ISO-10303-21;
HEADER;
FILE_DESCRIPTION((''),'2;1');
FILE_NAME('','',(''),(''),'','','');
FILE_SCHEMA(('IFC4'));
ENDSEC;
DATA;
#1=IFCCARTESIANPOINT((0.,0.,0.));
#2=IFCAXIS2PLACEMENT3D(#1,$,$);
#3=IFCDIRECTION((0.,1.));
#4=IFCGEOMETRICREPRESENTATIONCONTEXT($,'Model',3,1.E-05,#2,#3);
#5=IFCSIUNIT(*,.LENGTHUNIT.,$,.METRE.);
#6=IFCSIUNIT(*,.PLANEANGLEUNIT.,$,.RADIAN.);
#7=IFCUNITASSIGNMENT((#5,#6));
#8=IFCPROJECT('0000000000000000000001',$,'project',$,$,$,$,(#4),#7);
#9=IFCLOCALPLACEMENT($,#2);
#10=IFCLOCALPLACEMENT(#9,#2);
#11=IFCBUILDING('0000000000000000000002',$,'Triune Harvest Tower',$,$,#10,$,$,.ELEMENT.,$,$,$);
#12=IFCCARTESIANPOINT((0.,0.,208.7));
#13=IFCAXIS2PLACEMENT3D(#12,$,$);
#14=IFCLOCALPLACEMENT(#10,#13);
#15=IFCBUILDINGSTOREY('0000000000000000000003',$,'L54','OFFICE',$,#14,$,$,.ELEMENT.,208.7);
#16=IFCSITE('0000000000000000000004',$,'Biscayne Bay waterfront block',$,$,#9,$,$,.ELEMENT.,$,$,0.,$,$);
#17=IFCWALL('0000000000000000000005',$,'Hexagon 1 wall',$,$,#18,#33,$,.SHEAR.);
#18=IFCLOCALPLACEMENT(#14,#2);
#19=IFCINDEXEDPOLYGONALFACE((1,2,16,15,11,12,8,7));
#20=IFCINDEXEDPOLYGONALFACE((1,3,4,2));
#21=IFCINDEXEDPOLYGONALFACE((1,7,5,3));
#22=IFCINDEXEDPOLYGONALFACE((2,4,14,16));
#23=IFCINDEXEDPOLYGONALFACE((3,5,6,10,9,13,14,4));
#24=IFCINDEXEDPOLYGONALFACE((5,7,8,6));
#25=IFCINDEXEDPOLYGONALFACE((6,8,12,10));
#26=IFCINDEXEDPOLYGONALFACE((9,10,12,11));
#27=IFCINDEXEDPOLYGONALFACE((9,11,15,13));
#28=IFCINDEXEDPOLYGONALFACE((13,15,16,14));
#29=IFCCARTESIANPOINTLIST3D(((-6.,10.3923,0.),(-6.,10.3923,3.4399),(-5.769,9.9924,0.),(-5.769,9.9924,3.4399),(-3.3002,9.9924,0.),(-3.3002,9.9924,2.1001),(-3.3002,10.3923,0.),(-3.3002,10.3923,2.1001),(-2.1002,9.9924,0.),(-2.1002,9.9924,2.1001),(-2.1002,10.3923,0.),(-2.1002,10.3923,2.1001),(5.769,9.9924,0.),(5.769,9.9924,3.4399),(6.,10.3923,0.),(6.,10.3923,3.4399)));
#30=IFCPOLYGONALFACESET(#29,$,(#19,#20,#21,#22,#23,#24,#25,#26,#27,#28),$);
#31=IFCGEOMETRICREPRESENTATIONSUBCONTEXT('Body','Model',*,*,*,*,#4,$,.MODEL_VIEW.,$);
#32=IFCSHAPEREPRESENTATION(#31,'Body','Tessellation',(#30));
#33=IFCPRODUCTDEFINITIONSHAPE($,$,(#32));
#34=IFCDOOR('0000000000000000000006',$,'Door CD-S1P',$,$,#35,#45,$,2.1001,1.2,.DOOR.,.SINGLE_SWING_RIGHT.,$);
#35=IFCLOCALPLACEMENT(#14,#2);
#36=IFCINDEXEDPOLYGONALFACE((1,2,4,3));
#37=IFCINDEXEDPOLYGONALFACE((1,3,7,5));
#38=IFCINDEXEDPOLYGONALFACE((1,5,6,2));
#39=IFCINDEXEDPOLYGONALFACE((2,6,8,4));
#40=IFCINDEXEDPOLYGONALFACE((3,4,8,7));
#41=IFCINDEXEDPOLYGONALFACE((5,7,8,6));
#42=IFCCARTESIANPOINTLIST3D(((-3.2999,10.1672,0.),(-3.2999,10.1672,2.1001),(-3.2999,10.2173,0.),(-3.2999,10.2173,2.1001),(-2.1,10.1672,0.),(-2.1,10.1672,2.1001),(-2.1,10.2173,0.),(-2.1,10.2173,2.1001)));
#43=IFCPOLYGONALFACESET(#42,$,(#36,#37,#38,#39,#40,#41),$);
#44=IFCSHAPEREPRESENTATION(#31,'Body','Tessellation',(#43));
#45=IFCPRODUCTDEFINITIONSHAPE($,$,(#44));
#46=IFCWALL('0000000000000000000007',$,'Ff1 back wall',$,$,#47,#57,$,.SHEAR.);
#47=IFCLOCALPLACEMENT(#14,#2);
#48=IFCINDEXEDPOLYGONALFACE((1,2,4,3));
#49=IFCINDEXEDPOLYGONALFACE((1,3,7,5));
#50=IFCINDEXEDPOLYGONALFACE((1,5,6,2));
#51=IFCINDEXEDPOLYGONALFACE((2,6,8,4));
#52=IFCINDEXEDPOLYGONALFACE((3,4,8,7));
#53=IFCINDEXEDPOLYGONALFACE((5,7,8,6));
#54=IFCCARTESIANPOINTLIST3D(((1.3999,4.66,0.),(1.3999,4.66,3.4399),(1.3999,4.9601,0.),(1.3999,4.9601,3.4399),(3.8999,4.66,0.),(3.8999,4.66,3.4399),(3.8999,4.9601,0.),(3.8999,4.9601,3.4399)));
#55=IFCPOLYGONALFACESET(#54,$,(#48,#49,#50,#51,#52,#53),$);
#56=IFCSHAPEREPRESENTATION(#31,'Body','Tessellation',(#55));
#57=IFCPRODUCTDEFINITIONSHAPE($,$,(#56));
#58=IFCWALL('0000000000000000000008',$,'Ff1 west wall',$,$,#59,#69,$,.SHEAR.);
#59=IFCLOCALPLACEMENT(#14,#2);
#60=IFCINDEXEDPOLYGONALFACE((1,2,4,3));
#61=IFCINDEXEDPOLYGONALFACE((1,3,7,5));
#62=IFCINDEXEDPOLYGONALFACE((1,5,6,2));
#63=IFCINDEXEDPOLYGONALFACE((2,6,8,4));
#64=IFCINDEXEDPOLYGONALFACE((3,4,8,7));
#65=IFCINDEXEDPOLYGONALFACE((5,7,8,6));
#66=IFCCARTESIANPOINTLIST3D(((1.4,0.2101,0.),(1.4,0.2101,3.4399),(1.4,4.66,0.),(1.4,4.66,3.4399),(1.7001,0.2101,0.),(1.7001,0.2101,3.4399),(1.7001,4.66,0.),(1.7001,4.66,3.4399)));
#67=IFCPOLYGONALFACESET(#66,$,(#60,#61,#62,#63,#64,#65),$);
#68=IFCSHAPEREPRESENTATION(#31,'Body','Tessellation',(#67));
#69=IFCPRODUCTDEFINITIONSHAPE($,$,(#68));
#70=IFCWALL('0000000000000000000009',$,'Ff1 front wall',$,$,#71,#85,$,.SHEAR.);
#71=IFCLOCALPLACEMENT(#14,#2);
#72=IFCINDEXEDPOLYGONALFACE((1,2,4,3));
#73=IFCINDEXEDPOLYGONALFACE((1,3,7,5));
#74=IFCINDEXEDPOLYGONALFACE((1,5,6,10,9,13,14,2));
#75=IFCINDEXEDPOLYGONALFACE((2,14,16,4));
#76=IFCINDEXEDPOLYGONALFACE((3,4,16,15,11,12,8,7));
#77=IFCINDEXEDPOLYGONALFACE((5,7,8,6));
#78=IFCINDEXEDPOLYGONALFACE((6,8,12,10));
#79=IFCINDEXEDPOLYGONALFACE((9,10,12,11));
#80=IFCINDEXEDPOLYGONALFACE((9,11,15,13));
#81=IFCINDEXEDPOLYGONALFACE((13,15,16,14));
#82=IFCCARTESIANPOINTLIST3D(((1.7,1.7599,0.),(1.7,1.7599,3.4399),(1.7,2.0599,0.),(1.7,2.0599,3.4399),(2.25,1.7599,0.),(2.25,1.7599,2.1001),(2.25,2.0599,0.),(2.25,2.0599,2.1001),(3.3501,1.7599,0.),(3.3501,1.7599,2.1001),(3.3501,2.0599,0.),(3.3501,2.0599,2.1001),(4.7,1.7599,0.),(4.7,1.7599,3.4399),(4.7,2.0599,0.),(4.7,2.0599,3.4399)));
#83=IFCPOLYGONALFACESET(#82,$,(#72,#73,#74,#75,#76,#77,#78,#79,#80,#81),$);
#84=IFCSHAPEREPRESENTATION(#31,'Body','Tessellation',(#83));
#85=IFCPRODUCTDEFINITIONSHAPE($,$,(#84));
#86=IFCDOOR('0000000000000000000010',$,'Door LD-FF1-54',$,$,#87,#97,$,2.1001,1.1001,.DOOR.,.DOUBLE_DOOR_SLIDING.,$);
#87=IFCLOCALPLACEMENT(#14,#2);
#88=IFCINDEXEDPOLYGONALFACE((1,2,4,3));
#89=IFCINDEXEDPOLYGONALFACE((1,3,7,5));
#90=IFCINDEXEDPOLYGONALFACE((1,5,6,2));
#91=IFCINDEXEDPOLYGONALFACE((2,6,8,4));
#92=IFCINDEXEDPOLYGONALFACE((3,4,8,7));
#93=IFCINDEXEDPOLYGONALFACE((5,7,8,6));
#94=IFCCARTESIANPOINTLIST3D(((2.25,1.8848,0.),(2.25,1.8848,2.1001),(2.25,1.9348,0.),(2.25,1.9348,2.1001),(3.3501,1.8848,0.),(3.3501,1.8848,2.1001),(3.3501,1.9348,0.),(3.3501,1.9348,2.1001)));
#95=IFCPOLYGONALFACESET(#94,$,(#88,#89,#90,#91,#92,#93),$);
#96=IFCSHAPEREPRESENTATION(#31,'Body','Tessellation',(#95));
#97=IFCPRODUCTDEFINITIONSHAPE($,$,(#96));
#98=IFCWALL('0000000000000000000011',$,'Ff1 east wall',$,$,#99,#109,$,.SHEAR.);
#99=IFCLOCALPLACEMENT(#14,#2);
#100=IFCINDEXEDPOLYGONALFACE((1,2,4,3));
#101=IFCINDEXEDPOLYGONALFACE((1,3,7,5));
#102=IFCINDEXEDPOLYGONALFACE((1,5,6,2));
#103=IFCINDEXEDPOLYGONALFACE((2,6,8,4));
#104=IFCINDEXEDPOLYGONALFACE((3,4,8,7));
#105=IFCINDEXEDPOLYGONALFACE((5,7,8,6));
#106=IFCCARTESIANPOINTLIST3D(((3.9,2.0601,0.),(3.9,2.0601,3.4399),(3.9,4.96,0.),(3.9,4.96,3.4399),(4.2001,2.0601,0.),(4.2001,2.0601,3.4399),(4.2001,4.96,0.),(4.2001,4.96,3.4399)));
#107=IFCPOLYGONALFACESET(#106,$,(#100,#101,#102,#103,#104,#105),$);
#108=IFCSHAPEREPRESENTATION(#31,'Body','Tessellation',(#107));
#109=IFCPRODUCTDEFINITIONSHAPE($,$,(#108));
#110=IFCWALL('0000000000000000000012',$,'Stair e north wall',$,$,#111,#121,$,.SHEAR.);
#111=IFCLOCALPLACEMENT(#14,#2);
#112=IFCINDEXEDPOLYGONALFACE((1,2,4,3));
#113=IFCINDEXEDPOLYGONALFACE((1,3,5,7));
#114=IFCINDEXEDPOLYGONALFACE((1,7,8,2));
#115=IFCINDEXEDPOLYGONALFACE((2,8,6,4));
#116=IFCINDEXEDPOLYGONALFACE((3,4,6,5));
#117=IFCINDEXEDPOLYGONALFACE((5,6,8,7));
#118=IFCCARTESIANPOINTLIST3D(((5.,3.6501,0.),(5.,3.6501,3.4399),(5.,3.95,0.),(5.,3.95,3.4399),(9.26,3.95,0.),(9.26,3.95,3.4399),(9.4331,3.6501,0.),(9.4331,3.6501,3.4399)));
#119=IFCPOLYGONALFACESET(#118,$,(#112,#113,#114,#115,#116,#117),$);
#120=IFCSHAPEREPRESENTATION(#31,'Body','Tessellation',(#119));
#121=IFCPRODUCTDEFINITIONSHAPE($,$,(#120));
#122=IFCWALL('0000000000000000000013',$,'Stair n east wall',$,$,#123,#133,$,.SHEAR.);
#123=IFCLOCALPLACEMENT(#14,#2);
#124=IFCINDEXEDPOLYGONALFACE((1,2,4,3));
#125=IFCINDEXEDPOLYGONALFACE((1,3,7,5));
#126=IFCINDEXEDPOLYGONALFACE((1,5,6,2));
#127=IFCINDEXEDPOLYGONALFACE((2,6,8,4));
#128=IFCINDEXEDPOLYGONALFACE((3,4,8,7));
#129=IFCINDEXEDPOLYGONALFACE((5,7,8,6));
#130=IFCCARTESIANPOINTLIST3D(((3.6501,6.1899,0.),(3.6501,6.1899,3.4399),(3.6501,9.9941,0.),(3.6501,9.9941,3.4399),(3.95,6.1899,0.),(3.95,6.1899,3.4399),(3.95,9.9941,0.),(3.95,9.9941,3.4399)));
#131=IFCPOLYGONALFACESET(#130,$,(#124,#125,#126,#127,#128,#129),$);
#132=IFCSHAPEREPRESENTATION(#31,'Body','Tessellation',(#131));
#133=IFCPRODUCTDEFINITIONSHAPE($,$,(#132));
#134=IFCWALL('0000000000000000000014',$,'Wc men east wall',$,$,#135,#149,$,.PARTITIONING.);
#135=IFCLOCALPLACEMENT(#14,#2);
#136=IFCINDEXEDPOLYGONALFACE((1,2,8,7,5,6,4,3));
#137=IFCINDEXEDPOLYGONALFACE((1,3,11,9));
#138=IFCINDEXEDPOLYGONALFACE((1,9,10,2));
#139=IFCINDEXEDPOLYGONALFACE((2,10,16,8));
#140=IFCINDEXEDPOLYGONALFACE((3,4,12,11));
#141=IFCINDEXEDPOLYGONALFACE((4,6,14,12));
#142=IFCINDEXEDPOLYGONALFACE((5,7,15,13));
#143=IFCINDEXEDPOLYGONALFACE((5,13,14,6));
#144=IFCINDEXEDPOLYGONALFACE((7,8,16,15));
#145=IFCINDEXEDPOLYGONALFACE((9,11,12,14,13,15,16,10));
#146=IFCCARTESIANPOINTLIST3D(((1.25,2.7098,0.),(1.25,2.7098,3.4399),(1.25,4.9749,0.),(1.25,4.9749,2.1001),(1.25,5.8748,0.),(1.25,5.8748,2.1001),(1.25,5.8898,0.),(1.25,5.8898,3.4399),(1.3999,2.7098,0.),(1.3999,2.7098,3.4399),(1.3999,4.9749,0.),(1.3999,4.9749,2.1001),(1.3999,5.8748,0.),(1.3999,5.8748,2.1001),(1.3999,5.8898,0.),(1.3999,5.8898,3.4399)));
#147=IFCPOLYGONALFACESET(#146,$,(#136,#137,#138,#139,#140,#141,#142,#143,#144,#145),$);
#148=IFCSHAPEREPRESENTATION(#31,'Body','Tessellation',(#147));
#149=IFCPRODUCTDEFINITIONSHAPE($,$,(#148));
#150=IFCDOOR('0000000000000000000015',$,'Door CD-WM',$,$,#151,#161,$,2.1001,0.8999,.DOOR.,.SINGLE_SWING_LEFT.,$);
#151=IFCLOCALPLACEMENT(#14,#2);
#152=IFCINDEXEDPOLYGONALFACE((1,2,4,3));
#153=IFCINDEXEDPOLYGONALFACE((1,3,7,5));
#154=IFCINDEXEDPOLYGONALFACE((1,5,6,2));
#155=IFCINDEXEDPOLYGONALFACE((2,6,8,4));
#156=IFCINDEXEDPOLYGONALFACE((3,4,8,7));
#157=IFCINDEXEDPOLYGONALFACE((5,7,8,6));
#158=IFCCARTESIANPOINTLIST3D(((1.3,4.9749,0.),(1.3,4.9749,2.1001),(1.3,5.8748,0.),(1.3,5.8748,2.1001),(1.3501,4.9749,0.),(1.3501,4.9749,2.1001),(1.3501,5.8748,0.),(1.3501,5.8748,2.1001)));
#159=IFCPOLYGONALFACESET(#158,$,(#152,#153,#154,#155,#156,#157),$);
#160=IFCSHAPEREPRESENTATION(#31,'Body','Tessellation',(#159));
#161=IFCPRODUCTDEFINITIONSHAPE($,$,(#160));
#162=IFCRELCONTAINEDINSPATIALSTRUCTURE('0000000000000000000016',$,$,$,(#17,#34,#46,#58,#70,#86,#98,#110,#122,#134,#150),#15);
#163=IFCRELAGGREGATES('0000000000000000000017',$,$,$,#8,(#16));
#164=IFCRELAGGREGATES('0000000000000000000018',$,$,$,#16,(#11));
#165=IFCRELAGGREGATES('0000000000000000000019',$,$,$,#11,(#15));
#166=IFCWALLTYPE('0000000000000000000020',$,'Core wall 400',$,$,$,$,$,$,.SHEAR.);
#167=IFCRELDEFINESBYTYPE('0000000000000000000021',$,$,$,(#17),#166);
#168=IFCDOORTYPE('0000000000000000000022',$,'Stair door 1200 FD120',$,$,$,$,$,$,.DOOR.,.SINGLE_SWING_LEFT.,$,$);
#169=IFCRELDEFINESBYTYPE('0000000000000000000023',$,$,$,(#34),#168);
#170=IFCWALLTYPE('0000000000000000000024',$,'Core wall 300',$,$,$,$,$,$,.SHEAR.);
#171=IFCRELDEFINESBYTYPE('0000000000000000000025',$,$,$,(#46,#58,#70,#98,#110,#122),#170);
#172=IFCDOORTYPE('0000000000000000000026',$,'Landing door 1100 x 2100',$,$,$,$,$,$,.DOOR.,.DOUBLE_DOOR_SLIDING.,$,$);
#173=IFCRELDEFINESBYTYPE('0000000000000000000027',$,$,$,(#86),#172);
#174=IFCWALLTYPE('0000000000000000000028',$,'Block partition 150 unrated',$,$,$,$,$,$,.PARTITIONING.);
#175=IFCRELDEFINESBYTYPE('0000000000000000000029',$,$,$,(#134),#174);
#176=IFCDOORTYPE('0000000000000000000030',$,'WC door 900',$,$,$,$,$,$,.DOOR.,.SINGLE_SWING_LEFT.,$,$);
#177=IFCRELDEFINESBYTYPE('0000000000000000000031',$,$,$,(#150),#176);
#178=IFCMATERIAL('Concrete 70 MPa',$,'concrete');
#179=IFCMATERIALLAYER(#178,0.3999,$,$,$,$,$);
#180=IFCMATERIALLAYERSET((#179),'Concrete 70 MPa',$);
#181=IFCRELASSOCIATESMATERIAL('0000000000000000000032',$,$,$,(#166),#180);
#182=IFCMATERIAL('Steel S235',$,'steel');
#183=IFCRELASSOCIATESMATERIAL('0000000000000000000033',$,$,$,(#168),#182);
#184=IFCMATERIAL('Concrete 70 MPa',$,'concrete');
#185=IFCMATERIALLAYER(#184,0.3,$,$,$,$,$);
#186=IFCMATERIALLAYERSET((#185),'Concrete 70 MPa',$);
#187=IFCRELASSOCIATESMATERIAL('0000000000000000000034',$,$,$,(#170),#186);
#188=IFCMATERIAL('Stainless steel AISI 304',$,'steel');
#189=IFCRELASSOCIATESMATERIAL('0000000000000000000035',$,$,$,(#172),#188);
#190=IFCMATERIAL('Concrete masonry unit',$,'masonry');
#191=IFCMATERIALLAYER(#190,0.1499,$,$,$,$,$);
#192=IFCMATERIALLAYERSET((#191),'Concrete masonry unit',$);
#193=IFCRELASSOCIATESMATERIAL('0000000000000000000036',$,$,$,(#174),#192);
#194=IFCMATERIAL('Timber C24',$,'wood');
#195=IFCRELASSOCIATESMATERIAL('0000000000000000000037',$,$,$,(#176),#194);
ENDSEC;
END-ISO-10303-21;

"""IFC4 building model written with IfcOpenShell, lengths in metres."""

from ifc_helpers import new_model, si_unit, direction, frame, frame_2d, origin, place, context, subcontext, project, spatial, polyline, rectangle, outline, extrude, source, transform, mapped, material, layer, layer_set, type_object, element, fill, save


model = new_model("IFC4")

# Units and contexts
model_context = context("Model", 3, precision=1e-05, world=origin(), true_north=direction((0.0, 1.0)))
body_context = subcontext(model_context, "Body", "Model", "MODEL_VIEW")
ifc_project = project(units=[si_unit("LENGTHUNIT", "METRE"), si_unit("PLANEANGLEUNIT", "RADIAN")], contexts=[model_context])

# Site, building, storey
site_placement = place(None, origin())
site = spatial("IfcSite", under=ifc_project, at=site_placement, Name="Biscayne Bay waterfront block", CompositionType="ELEMENT", RefElevation=0.0)
building_placement = place(site_placement, origin())
building = spatial("IfcBuilding", under=site, at=building_placement, Name="Triune Harvest Tower", CompositionType="ELEMENT")
storey_placement = place(building_placement, frame((0.0, 0.0, 208.7)))
storey = spatial("IfcBuildingStorey", under=building, at=storey_placement, Name="L54", Description="OFFICE", CompositionType="ELEMENT", Elevation=208.7)

# Wall, opening, door
ifc_material_1 = material(Name="Concrete 70 MPa", Category="concrete")
ifc_layer_1 = layer(ifc_material_1, 0.3999)
ifc_layer_set_1 = layer_set([ifc_layer_1], Name="Concrete 70 MPa")
wall_type_1 = type_object("IfcWallType", Name="Core wall 400", PredefinedType="SHEAR", material=ifc_layer_set_1)
shared_shape_1 = source(origin(), body_context, "Body", "SweptSolid", [
    extrude(outline(polyline([(-0.1155, -0.2), (11.8845, -0.2), (11.6536, 0.2), (0.1155, 0.2), (-0.1155, -0.2)])), origin(), (0.0, 0.0, 1.0), 3.4399),
])
wall_1_placement = place(storey_placement, frame((5.8845, 10.1924, 0.0), z_axis=(0.0, 0.0, 1.0), x_axis=(-1.0, 0.0, 0.0)))
wall_1 = element("IfcWall", 1, at=wall_1_placement, inside=storey, type_object=wall_type_1, Name="Hexagon 1 wall", PredefinedType="SHEAR", context=body_context, shape_type="MappedRepresentation", body=[
    mapped(shared_shape_1, transform((0.0, 0.0, 0.0), scale=1.0)),
])
opening_1_placement = place(wall_1_placement, frame((7.9846, 0.0, 0.0)))
opening_1 = element("IfcOpeningElement", 2, at=opening_1_placement, cuts=wall_1, PredefinedType="OPENING", context=body_context, shape_type="SweptSolid", body=[
    extrude(rectangle(XDim=1.2, YDim=2.1001, at=frame_2d((0.6001, 1.05))), frame((0.0, 0.21, 0.0), z_axis=(0.0, -1.0, 0.0), x_axis=(1.0, 0.0, 0.0)), (0.0, 0.0, 1.0), 0.4199),
])
ifc_material_2 = material(Name="Steel S235", Category="steel")
door_type_1 = type_object("IfcDoorType", Name="Stair door 1200 FD120", OperationType="SINGLE_SWING_LEFT", PredefinedType="DOOR", material=ifc_material_2)
door_1_placement = place(opening_1_placement, frame((1.2, 0.0, 0.0), z_axis=(0.0, 0.0, 1.0), x_axis=(-1.0, 0.0, 0.0)))
door_1 = element("IfcDoor", 3, at=door_1_placement, inside=storey, type_object=door_type_1, Name="Door CD-S1P", OperationType="SINGLE_SWING_RIGHT", OverallHeight=2.1001, OverallWidth=1.2, PredefinedType="DOOR", context=body_context, shape_type="SweptSolid", body=[
    extrude(rectangle(XDim=1.2, YDim=2.1001, at=frame_2d((0.6001, 1.05))), frame((0.0, 0.0249, 0.0), z_axis=(0.0, -1.0, 0.0), x_axis=(1.0, 0.0, 0.0)), (0.0, 0.0, 1.0), 0.05),
])
fill(opening_1, door_1)

# Walls
ifc_material_3 = material(Name="Concrete 70 MPa", Category="concrete")
ifc_layer_2 = layer(ifc_material_3, 0.3)
ifc_layer_set_2 = layer_set([ifc_layer_2], Name="Concrete 70 MPa")
wall_type_2 = type_object("IfcWallType", Name="Core wall 300", PredefinedType="SHEAR", material=ifc_layer_set_2)
shared_shape_2 = source(origin(), body_context, "Body", "SweptSolid", [
    extrude(rectangle(XDim=2.5, YDim=0.3, at=frame_2d((1.25, 0.0))), origin(), (0.0, 0.0, 1.0), 3.4399),
])
wall_2_placement = place(storey_placement, frame((1.3999, 4.8101, 0.0), z_axis=(0.0, 0.0, 1.0), x_axis=(1.0, 0.0, 0.0)))
element("IfcWall", 4, at=wall_2_placement, inside=storey, type_object=wall_type_2, Name="Ff1 back wall", PredefinedType="SHEAR", context=body_context, shape_type="MappedRepresentation", body=[
    mapped(shared_shape_2, transform((0.0, 0.0, 0.0), scale=1.0)),
])
shared_shape_3 = source(origin(), body_context, "Body", "SweptSolid", [
    extrude(rectangle(XDim=4.45, YDim=0.3, at=frame_2d((2.2251, 0.0))), origin(), (0.0, 0.0, 1.0), 3.4399),
])
wall_3_placement = place(storey_placement, frame((1.55, 0.21, 0.0), z_axis=(0.0, 0.0, 1.0), x_axis=(0.0, 1.0, 0.0)))
element("IfcWall", 5, at=wall_3_placement, inside=storey, type_object=wall_type_2, Name="Ff1 west wall", PredefinedType="SHEAR", context=body_context, shape_type="MappedRepresentation", body=[
    mapped(shared_shape_3, transform((0.0, 0.0, 0.0), scale=1.0)),
])

# Wall, opening, door
shared_shape_4 = source(origin(), body_context, "Body", "SweptSolid", [
    extrude(rectangle(XDim=3.0, YDim=0.3, at=frame_2d((1.5, 0.0))), origin(), (0.0, 0.0, 1.0), 3.4399),
])
wall_4_placement = place(storey_placement, frame((1.7, 1.9099, 0.0), z_axis=(0.0, 0.0, 1.0), x_axis=(1.0, 0.0, 0.0)))
wall_4 = element("IfcWall", 6, at=wall_4_placement, inside=storey, type_object=wall_type_2, Name="Ff1 front wall", PredefinedType="SHEAR", context=body_context, shape_type="MappedRepresentation", body=[
    mapped(shared_shape_4, transform((0.0, 0.0, 0.0), scale=1.0)),
])
opening_2_placement = place(wall_4_placement, frame((0.55, 0.0, 0.0)))
opening_2 = element("IfcOpeningElement", 7, at=opening_2_placement, cuts=wall_4, PredefinedType="OPENING", context=body_context, shape_type="SweptSolid", body=[
    extrude(rectangle(XDim=1.1001, YDim=2.1001, at=frame_2d((0.55, 1.05))), frame((0.0, 0.1602, 0.0), z_axis=(0.0, -1.0, 0.0), x_axis=(1.0, 0.0, 0.0)), (0.0, 0.0, 1.0), 0.3201),
])
ifc_material_4 = material(Name="Stainless steel AISI 304", Category="steel")
door_type_2 = type_object("IfcDoorType", Name="Landing door 1100 x 2100", OperationType="DOUBLE_DOOR_SLIDING", PredefinedType="DOOR", material=ifc_material_4)
door_2_placement = place(opening_2_placement, origin())
door_2 = element("IfcDoor", 8, at=door_2_placement, inside=storey, type_object=door_type_2, Name="Door LD-FF1-54", OperationType="DOUBLE_DOOR_SLIDING", OverallHeight=2.1001, OverallWidth=1.1001, PredefinedType="DOOR", context=body_context, shape_type="SweptSolid", body=[
    extrude(rectangle(XDim=1.1001, YDim=2.1001, at=frame_2d((0.55, 1.05))), frame((0.0, 0.0249, 0.0), z_axis=(0.0, -1.0, 0.0), x_axis=(1.0, 0.0, 0.0)), (0.0, 0.0, 1.0), 0.05),
])
fill(opening_2, door_2)

# Walls
shared_shape_5 = source(origin(), body_context, "Body", "SweptSolid", [
    extrude(rectangle(XDim=2.8999, YDim=0.3, at=frame_2d((1.45, 0.0))), origin(), (0.0, 0.0, 1.0), 3.4399),
])
wall_5_placement = place(storey_placement, frame((4.05, 2.0601, 0.0), z_axis=(0.0, 0.0, 1.0), x_axis=(0.0, 1.0, 0.0)))
element("IfcWall", 9, at=wall_5_placement, inside=storey, type_object=wall_type_2, Name="Ff1 east wall", PredefinedType="SHEAR", context=body_context, shape_type="MappedRepresentation", body=[
    mapped(shared_shape_5, transform((0.0, 0.0, 0.0), scale=1.0)),
])
shared_shape_6 = source(origin(), body_context, "Body", "SweptSolid", [
    extrude(outline(polyline([(0.0, -0.1499), (0.0, 0.1499), (4.26, 0.1499), (4.4331, -0.1499), (0.0, -0.1499)])), origin(), (0.0, 0.0, 1.0), 3.4399),
])
wall_6_placement = place(storey_placement, frame((5.0, 3.8, 0.0), z_axis=(0.0, 0.0, 1.0), x_axis=(1.0, 0.0, 0.0)))
element("IfcWall", 10, at=wall_6_placement, inside=storey, type_object=wall_type_2, Name="Stair e north wall", PredefinedType="SHEAR", context=body_context, shape_type="MappedRepresentation", body=[
    mapped(shared_shape_6, transform((0.0, 0.0, 0.0), scale=1.0)),
])
shared_shape_7 = source(origin(), body_context, "Body", "SweptSolid", [
    extrude(outline(polyline([(0.0, -0.1499), (0.0, 0.1499), (3.8042, 0.1499), (3.8042, -0.1499), (0.0, -0.1499)])), origin(), (0.0, 0.0, 1.0), 3.4399),
])
wall_7_placement = place(storey_placement, frame((3.8, 6.1899, 0.0), z_axis=(0.0, 0.0, 1.0), x_axis=(0.0, 1.0, 0.0)))
element("IfcWall", 11, at=wall_7_placement, inside=storey, type_object=wall_type_2, Name="Stair n east wall", PredefinedType="SHEAR", context=body_context, shape_type="MappedRepresentation", body=[
    mapped(shared_shape_7, transform((0.0, 0.0, 0.0), scale=1.0)),
])

# Wall, opening, door
ifc_material_5 = material(Name="Concrete masonry unit", Category="masonry")
ifc_layer_3 = layer(ifc_material_5, 0.1499)
ifc_layer_set_3 = layer_set([ifc_layer_3], Name="Concrete masonry unit")
wall_type_3 = type_object("IfcWallType", Name="Block partition 150 unrated", PredefinedType="PARTITIONING", material=ifc_layer_set_3)
shared_shape_8 = source(origin(), body_context, "Body", "SweptSolid", [
    extrude(rectangle(XDim=3.1799, YDim=0.1499, at=frame_2d((1.5898, 0.0))), origin(), (0.0, 0.0, 1.0), 3.4399),
])
wall_8_placement = place(storey_placement, frame((1.325, 2.71, 0.0), z_axis=(0.0, 0.0, 1.0), x_axis=(0.0, 1.0, 0.0)))
wall_8 = element("IfcWall", 12, at=wall_8_placement, inside=storey, type_object=wall_type_3, Name="Wc men east wall", PredefinedType="PARTITIONING", context=body_context, shape_type="MappedRepresentation", body=[
    mapped(shared_shape_8, transform((0.0, 0.0, 0.0), scale=1.0)),
])
opening_3_placement = place(wall_8_placement, frame((2.2649, 0.0, 0.0)))
opening_3 = element("IfcOpeningElement", 13, at=opening_3_placement, cuts=wall_8, PredefinedType="OPENING", context=body_context, shape_type="SweptSolid", body=[
    extrude(rectangle(XDim=0.8999, YDim=2.1001, at=frame_2d((0.45, 1.05))), frame((0.0, 0.085, 0.0), z_axis=(0.0, -1.0, 0.0), x_axis=(1.0, 0.0, 0.0)), (0.0, 0.0, 1.0), 0.1699),
])
ifc_material_6 = material(Name="Timber C24", Category="wood")
door_type_3 = type_object("IfcDoorType", Name="WC door 900", OperationType="SINGLE_SWING_LEFT", PredefinedType="DOOR", material=ifc_material_6)
door_3_placement = place(opening_3_placement, origin())
door_3 = element("IfcDoor", 14, at=door_3_placement, inside=storey, type_object=door_type_3, Name="Door CD-WM", OperationType="SINGLE_SWING_LEFT", OverallHeight=2.1001, OverallWidth=0.8999, PredefinedType="DOOR", context=body_context, shape_type="SweptSolid", body=[
    extrude(rectangle(XDim=0.8999, YDim=2.1001, at=frame_2d((0.45, 1.05))), frame((0.0, 0.0249, 0.0), z_axis=(0.0, -1.0, 0.0), x_axis=(1.0, 0.0, 0.0)), (0.0, 0.0, 1.0), 0.05),
])
fill(opening_3, door_3)

save(model, "model.ifc")
